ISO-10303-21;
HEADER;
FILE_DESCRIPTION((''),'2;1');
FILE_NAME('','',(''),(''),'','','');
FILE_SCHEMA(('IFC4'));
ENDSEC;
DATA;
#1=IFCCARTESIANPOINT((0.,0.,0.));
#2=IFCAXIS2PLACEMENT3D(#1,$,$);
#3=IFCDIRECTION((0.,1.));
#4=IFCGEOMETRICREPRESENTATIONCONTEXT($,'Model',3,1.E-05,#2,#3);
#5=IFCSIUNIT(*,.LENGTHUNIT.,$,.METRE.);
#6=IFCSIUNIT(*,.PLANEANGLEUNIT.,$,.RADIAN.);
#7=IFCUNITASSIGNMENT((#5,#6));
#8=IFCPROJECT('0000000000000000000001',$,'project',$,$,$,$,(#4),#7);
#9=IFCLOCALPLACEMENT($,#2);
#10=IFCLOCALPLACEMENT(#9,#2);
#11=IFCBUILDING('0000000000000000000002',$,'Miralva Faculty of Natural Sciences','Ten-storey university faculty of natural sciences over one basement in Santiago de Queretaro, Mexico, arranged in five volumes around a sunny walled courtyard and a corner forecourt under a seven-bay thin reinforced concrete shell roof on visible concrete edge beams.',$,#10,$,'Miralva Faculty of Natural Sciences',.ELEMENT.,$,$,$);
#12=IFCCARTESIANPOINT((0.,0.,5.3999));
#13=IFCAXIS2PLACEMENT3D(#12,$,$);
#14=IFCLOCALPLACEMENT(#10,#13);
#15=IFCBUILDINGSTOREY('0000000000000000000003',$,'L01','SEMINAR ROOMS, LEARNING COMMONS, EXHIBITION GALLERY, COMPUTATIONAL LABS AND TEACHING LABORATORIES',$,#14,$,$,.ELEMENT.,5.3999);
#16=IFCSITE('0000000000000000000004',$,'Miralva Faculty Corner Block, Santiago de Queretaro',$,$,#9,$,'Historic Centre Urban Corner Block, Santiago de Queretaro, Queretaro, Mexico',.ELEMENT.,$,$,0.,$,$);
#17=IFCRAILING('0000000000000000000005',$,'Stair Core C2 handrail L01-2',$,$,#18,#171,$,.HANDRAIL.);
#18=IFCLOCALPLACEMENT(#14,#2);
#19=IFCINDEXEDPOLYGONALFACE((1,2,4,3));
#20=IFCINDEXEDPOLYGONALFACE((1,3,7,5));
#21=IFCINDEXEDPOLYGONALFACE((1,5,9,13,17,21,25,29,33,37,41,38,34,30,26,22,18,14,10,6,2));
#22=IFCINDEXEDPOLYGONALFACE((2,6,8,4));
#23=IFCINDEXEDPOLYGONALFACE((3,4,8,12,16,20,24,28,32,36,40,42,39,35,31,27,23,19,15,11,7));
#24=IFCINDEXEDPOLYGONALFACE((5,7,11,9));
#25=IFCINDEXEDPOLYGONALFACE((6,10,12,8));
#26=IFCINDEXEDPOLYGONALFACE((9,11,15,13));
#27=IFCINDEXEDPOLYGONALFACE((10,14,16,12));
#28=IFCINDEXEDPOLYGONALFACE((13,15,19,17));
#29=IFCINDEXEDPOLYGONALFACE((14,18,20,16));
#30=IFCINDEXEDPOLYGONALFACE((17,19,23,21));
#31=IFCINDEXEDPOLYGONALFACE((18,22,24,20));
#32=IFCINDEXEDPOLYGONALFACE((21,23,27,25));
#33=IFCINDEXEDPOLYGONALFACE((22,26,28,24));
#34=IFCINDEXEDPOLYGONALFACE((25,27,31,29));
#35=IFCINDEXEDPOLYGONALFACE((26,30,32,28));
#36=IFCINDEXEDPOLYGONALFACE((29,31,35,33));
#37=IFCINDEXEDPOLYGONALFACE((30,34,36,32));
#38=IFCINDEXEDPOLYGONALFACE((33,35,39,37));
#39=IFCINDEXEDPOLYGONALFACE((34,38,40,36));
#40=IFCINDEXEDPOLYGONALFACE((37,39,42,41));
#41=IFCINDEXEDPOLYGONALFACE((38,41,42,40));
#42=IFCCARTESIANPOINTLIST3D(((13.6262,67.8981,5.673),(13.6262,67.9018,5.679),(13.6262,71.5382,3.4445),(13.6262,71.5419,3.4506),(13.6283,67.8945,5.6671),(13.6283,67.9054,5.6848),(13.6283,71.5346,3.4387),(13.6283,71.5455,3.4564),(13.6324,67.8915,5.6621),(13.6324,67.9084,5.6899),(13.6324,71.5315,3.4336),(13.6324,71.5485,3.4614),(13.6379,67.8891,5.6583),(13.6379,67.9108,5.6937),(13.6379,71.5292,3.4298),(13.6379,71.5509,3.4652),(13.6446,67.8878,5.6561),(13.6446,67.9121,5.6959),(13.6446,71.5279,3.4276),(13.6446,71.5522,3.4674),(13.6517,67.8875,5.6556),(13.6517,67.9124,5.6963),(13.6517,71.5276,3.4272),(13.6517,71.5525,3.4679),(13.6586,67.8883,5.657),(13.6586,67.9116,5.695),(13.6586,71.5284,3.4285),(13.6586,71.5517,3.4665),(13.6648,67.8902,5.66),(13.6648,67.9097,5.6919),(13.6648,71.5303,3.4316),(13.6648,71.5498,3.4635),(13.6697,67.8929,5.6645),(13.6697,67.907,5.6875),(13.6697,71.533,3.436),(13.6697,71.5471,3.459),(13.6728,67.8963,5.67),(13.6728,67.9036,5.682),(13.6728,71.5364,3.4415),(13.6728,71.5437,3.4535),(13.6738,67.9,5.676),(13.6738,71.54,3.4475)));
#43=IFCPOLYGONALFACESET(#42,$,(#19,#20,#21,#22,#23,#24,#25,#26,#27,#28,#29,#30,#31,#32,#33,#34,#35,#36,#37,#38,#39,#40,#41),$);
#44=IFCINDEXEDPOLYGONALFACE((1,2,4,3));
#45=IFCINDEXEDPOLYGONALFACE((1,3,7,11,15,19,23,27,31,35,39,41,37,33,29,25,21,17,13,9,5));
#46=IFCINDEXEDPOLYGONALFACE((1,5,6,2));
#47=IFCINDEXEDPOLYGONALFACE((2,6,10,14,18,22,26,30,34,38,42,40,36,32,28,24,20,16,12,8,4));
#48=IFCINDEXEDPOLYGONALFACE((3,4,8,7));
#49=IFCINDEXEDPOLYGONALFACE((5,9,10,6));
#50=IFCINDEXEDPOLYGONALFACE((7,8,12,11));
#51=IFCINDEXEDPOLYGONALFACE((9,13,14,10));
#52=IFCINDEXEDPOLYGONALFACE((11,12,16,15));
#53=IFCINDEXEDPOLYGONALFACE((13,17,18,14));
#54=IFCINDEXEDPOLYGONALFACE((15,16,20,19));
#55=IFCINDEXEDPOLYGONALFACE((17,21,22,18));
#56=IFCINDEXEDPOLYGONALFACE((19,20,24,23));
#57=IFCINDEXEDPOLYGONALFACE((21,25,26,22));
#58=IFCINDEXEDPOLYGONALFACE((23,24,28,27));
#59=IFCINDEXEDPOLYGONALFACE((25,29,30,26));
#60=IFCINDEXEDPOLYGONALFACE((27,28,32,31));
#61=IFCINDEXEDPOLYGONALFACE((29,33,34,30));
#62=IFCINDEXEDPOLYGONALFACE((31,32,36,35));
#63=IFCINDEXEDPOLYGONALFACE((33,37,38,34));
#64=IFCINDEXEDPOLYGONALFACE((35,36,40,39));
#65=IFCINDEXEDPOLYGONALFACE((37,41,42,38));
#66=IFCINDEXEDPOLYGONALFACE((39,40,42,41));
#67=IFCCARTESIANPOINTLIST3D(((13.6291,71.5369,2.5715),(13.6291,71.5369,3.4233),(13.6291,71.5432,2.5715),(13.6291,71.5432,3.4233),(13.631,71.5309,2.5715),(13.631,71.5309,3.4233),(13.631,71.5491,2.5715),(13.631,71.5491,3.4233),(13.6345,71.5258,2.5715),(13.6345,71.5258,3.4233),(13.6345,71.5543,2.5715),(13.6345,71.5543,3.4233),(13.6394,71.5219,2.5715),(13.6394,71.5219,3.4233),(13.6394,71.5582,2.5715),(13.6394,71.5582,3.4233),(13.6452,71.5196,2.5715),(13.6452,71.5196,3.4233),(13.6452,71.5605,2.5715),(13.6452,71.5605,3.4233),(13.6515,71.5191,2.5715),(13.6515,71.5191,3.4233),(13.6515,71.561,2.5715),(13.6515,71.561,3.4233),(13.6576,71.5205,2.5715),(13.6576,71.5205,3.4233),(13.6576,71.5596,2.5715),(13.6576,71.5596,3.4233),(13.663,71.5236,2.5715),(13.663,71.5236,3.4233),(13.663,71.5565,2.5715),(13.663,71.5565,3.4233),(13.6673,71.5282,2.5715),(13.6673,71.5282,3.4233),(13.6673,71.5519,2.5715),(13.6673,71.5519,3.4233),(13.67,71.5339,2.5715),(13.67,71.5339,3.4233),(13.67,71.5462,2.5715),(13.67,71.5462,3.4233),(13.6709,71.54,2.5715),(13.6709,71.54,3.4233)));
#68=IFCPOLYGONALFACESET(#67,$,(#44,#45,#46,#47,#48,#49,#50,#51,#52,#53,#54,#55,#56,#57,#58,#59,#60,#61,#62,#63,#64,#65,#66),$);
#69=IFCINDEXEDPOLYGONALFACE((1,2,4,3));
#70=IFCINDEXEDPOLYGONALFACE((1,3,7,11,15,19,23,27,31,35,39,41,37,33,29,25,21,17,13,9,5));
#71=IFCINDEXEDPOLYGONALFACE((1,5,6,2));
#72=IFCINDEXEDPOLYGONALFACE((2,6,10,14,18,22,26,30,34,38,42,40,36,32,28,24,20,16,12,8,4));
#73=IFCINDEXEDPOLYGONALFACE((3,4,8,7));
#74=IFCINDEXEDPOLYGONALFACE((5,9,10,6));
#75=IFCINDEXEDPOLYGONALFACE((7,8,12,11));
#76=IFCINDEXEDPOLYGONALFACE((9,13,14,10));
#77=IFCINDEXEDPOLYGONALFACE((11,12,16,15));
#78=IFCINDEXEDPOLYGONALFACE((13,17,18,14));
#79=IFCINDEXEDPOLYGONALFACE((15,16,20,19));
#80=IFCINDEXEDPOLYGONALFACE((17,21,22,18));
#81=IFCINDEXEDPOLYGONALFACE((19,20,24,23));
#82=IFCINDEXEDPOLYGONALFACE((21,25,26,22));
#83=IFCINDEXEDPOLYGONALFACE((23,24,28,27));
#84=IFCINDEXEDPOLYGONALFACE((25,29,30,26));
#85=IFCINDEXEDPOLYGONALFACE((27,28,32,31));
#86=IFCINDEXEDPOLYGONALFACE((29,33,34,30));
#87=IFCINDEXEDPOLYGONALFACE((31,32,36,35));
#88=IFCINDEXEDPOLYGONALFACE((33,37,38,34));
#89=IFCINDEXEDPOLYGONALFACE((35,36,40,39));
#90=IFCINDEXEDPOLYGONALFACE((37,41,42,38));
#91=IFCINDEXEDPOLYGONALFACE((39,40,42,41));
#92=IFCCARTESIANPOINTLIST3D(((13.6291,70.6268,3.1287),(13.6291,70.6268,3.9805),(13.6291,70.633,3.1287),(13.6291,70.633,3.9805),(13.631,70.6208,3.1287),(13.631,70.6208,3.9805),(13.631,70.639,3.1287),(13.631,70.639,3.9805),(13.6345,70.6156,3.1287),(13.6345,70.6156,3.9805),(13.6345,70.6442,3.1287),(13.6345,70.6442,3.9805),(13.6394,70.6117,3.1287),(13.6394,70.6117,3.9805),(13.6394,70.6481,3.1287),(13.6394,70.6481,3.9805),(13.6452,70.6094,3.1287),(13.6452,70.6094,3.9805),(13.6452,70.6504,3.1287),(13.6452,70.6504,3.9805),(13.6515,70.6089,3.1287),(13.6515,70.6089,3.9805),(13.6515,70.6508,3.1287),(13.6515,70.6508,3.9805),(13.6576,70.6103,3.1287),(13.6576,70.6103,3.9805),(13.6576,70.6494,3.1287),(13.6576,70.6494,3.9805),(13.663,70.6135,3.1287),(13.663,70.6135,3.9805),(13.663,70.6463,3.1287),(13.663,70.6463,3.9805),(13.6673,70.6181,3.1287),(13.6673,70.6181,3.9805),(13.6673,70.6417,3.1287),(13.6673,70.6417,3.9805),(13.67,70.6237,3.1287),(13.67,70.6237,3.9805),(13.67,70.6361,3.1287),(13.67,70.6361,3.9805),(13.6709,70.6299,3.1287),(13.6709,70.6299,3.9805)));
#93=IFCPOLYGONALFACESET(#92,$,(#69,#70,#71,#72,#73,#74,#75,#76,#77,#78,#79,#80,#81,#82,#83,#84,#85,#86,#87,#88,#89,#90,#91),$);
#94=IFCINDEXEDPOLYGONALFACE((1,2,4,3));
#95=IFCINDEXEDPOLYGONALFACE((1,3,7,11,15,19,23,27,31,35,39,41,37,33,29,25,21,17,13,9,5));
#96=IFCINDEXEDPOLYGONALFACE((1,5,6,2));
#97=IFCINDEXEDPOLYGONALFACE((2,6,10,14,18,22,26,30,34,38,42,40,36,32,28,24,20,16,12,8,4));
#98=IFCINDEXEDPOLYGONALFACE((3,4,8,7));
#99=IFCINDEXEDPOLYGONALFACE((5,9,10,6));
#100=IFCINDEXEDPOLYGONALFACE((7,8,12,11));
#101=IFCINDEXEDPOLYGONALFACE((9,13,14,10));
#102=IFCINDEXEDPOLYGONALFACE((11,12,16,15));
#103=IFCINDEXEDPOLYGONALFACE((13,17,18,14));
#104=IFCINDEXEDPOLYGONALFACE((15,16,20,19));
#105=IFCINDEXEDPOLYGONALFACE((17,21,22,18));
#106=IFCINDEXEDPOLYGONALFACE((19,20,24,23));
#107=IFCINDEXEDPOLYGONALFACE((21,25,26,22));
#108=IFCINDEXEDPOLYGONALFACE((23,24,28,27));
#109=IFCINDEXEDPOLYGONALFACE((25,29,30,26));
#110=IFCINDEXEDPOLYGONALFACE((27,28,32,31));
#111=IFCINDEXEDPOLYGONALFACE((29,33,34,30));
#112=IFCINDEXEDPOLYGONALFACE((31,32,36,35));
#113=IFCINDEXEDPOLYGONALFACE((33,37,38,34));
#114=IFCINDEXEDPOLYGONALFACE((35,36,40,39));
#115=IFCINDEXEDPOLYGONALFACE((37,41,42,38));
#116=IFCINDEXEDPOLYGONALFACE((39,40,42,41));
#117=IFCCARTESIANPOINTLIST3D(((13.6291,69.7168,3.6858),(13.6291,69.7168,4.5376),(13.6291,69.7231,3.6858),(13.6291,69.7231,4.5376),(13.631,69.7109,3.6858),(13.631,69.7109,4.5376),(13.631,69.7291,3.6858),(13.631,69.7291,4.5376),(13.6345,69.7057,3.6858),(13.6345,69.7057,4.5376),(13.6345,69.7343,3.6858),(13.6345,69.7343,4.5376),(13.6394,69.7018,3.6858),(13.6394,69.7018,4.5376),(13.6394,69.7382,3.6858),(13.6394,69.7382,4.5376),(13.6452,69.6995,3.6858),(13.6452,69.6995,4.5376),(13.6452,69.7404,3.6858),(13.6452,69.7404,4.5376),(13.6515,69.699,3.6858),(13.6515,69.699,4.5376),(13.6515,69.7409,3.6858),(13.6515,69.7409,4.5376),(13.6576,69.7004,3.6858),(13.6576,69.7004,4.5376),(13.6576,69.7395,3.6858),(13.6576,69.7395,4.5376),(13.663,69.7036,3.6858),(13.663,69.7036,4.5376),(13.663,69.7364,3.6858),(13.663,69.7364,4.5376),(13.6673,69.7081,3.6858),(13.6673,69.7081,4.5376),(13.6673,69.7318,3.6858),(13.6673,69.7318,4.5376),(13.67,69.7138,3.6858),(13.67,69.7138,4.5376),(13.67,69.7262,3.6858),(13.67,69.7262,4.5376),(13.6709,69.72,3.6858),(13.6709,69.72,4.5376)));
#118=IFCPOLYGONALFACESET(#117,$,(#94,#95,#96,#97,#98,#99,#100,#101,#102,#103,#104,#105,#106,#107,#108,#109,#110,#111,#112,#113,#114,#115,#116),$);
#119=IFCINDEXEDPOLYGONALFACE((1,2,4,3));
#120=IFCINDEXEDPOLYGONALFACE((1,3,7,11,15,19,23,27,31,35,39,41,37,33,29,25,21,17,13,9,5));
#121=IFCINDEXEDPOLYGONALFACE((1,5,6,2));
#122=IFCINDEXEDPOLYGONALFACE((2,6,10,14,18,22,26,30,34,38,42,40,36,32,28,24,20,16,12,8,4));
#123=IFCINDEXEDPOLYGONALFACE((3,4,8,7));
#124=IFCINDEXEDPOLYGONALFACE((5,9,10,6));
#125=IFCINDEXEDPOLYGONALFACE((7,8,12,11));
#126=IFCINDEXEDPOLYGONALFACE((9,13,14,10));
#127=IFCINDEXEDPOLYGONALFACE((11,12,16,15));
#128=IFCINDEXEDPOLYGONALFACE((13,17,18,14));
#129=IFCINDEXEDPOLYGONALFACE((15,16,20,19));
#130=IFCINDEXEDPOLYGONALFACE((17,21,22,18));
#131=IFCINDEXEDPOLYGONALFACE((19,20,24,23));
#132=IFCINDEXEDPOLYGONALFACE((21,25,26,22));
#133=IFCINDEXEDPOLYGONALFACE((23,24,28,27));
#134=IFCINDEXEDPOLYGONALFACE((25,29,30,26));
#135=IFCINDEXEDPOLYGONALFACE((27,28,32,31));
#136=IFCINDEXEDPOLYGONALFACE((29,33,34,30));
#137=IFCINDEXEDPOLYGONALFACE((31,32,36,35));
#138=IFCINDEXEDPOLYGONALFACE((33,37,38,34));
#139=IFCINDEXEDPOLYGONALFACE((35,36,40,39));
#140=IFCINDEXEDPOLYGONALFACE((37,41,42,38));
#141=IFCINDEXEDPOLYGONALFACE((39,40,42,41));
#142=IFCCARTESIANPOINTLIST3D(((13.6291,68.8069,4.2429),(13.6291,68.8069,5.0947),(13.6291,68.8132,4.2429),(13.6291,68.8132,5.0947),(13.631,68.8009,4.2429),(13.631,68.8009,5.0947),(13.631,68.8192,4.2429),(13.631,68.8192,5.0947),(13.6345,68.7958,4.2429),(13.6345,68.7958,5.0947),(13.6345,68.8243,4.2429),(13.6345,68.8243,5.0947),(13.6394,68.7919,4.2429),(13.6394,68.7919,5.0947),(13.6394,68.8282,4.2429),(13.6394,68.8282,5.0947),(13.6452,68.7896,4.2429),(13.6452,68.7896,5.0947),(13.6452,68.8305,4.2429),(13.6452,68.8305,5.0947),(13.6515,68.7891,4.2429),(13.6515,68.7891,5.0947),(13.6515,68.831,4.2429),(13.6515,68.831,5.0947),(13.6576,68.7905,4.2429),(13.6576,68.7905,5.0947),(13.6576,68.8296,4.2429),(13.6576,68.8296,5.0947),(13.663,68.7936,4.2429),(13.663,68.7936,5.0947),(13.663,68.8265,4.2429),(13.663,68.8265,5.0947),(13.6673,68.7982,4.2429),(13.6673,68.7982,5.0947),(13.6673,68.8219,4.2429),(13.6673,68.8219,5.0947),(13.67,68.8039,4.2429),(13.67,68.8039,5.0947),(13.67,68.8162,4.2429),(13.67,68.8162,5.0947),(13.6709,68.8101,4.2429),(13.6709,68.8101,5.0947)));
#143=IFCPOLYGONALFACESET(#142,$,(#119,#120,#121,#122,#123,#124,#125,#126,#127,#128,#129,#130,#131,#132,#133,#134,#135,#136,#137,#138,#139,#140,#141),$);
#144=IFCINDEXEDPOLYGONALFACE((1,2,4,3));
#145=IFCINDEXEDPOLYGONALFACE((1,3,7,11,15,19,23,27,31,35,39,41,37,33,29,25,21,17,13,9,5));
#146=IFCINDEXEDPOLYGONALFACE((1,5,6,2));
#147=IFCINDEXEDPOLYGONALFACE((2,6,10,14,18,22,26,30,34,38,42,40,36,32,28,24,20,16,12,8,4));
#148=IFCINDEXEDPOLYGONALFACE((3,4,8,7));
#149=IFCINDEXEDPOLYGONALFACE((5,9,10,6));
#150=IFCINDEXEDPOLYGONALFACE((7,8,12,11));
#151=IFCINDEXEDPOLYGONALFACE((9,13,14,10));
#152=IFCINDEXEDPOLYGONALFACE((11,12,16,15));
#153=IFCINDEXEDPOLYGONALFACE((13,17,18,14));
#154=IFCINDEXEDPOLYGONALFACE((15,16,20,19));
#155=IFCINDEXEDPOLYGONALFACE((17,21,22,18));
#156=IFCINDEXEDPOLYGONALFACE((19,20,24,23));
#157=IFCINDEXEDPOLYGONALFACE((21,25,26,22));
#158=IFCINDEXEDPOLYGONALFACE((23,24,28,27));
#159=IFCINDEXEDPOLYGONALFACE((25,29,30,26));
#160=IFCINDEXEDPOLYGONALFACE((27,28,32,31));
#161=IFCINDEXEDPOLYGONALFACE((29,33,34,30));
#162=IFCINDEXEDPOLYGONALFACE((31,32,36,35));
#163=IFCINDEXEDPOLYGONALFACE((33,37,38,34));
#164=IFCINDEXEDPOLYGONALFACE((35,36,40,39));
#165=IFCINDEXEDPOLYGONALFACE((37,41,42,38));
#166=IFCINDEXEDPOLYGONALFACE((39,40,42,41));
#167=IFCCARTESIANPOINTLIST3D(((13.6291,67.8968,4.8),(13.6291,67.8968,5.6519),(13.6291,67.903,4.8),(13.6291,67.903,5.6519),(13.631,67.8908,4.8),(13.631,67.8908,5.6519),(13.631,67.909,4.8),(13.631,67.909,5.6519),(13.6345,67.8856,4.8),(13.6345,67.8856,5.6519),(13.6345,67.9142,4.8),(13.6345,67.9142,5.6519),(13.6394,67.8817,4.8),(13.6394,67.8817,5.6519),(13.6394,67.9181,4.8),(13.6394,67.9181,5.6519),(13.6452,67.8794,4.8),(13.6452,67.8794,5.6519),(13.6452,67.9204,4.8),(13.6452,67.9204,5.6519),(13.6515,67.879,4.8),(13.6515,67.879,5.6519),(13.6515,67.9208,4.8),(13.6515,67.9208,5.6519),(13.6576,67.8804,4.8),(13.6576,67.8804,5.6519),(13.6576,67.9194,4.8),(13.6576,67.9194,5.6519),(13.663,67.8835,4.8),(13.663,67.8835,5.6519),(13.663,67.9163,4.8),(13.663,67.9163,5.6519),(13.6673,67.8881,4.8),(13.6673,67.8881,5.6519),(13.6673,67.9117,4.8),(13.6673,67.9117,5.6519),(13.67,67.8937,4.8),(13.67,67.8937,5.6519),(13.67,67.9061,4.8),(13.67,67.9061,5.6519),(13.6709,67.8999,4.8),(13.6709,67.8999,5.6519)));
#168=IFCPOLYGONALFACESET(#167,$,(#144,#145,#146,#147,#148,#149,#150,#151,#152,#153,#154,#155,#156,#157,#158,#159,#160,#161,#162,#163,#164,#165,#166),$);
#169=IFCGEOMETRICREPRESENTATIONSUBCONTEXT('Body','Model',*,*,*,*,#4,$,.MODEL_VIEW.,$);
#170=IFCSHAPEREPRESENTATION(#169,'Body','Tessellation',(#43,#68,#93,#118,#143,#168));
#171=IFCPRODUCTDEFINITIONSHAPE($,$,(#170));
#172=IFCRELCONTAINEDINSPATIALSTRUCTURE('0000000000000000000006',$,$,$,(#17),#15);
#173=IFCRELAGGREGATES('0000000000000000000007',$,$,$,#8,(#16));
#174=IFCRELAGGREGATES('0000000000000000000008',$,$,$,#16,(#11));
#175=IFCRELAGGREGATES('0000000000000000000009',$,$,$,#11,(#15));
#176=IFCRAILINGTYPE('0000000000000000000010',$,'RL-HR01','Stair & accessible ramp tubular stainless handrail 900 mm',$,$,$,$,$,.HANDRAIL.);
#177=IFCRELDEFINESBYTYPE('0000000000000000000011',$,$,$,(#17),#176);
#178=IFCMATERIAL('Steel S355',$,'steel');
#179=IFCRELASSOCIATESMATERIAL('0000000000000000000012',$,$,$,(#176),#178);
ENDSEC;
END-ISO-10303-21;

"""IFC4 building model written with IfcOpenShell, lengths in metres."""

from ifc_helpers import new_model, si_unit, direction, frame, origin, origin_2d, place, context, subcontext, project, spatial, circle, extrude, material, type_object, element, save


model = new_model("IFC4")

# Units and contexts
model_context = context("Model", 3, precision=1e-05, world=origin(), true_north=direction((0.0, 1.0)))
body_context = subcontext(model_context, "Body", "Model", "MODEL_VIEW")
ifc_project = project(units=[si_unit("LENGTHUNIT", "METRE"), si_unit("PLANEANGLEUNIT", "RADIAN")], contexts=[model_context])

# Site, building, storey
site_placement = place(None, origin())
site = spatial("IfcSite", under=ifc_project, at=site_placement, Name="Miralva Faculty Corner Block, Santiago de Queretaro", LongName="Historic Centre Urban Corner Block, Santiago de Queretaro, Queretaro, Mexico", CompositionType="ELEMENT", RefElevation=0.0)
building_placement = place(site_placement, origin())
building = spatial("IfcBuilding", under=site, at=building_placement, Name="Miralva Faculty of Natural Sciences", Description="Ten-storey university faculty of natural sciences over one basement in Santiago de Queretaro, Mexico, arranged in five volumes around a sunny walled courtyard and a corner forecourt under a seven-bay thin reinforced concrete shell roof on visible concrete edge beams.", LongName="Miralva Faculty of Natural Sciences", CompositionType="ELEMENT")
storey_placement = place(building_placement, frame((0.0, 0.0, 5.3999)))
storey = spatial("IfcBuildingStorey", under=building, at=storey_placement, Name="L01", Description="SEMINAR ROOMS, LEARNING COMMONS, EXHIBITION GALLERY, COMPUTATIONAL LABS AND TEACHING LABORATORIES", CompositionType="ELEMENT", Elevation=5.3999)

# Railing
ifc_material_1 = material(Name="Steel S355", Category="steel")
railing_type_1 = type_object("IfcRailingType", Name="RL-HR01", Description="Stair & accessible ramp tubular stainless handrail 900 mm", PredefinedType="HANDRAIL", material=ifc_material_1)
railing_1_placement = place(storey_placement, frame((13.6499, 71.54, 2.5715)))
element("IfcRailing", 1, at=railing_1_placement, inside=storey, type_object=railing_type_1, Name="Stair Core C2 handrail L01-2", PredefinedType="HANDRAIL", context=body_context, shape_type="SweptSolid", body=[
    extrude(circle(Radius=0.0239, at=origin_2d()), frame((0.0, 0.0, 0.876), z_axis=(0.0, -0.852866, 0.52213), x_axis=(1.0, 0.0, 0.0)), (0.0, 0.0, 1.0), 4.2681),
    extrude(circle(Radius=0.021, at=origin_2d()), origin(), (0.0, 0.0, 1.0), 0.8518),
    extrude(circle(Radius=0.021, at=origin_2d()), frame((0.0, -0.9102, 0.5571)), (0.0, 0.0, 1.0), 0.8518),
    extrude(circle(Radius=0.021, at=origin_2d()), frame((0.0, -1.8201, 1.1143)), (0.0, 0.0, 1.0), 0.8518),
    extrude(circle(Radius=0.021, at=origin_2d()), frame((0.0, -2.73, 1.6714)), (0.0, 0.0, 1.0), 0.8518),
    extrude(circle(Radius=0.021, at=origin_2d()), frame((0.0, -3.6401, 2.2285)), (0.0, 0.0, 1.0), 0.8518),
])

save(model, "model.ifc")
